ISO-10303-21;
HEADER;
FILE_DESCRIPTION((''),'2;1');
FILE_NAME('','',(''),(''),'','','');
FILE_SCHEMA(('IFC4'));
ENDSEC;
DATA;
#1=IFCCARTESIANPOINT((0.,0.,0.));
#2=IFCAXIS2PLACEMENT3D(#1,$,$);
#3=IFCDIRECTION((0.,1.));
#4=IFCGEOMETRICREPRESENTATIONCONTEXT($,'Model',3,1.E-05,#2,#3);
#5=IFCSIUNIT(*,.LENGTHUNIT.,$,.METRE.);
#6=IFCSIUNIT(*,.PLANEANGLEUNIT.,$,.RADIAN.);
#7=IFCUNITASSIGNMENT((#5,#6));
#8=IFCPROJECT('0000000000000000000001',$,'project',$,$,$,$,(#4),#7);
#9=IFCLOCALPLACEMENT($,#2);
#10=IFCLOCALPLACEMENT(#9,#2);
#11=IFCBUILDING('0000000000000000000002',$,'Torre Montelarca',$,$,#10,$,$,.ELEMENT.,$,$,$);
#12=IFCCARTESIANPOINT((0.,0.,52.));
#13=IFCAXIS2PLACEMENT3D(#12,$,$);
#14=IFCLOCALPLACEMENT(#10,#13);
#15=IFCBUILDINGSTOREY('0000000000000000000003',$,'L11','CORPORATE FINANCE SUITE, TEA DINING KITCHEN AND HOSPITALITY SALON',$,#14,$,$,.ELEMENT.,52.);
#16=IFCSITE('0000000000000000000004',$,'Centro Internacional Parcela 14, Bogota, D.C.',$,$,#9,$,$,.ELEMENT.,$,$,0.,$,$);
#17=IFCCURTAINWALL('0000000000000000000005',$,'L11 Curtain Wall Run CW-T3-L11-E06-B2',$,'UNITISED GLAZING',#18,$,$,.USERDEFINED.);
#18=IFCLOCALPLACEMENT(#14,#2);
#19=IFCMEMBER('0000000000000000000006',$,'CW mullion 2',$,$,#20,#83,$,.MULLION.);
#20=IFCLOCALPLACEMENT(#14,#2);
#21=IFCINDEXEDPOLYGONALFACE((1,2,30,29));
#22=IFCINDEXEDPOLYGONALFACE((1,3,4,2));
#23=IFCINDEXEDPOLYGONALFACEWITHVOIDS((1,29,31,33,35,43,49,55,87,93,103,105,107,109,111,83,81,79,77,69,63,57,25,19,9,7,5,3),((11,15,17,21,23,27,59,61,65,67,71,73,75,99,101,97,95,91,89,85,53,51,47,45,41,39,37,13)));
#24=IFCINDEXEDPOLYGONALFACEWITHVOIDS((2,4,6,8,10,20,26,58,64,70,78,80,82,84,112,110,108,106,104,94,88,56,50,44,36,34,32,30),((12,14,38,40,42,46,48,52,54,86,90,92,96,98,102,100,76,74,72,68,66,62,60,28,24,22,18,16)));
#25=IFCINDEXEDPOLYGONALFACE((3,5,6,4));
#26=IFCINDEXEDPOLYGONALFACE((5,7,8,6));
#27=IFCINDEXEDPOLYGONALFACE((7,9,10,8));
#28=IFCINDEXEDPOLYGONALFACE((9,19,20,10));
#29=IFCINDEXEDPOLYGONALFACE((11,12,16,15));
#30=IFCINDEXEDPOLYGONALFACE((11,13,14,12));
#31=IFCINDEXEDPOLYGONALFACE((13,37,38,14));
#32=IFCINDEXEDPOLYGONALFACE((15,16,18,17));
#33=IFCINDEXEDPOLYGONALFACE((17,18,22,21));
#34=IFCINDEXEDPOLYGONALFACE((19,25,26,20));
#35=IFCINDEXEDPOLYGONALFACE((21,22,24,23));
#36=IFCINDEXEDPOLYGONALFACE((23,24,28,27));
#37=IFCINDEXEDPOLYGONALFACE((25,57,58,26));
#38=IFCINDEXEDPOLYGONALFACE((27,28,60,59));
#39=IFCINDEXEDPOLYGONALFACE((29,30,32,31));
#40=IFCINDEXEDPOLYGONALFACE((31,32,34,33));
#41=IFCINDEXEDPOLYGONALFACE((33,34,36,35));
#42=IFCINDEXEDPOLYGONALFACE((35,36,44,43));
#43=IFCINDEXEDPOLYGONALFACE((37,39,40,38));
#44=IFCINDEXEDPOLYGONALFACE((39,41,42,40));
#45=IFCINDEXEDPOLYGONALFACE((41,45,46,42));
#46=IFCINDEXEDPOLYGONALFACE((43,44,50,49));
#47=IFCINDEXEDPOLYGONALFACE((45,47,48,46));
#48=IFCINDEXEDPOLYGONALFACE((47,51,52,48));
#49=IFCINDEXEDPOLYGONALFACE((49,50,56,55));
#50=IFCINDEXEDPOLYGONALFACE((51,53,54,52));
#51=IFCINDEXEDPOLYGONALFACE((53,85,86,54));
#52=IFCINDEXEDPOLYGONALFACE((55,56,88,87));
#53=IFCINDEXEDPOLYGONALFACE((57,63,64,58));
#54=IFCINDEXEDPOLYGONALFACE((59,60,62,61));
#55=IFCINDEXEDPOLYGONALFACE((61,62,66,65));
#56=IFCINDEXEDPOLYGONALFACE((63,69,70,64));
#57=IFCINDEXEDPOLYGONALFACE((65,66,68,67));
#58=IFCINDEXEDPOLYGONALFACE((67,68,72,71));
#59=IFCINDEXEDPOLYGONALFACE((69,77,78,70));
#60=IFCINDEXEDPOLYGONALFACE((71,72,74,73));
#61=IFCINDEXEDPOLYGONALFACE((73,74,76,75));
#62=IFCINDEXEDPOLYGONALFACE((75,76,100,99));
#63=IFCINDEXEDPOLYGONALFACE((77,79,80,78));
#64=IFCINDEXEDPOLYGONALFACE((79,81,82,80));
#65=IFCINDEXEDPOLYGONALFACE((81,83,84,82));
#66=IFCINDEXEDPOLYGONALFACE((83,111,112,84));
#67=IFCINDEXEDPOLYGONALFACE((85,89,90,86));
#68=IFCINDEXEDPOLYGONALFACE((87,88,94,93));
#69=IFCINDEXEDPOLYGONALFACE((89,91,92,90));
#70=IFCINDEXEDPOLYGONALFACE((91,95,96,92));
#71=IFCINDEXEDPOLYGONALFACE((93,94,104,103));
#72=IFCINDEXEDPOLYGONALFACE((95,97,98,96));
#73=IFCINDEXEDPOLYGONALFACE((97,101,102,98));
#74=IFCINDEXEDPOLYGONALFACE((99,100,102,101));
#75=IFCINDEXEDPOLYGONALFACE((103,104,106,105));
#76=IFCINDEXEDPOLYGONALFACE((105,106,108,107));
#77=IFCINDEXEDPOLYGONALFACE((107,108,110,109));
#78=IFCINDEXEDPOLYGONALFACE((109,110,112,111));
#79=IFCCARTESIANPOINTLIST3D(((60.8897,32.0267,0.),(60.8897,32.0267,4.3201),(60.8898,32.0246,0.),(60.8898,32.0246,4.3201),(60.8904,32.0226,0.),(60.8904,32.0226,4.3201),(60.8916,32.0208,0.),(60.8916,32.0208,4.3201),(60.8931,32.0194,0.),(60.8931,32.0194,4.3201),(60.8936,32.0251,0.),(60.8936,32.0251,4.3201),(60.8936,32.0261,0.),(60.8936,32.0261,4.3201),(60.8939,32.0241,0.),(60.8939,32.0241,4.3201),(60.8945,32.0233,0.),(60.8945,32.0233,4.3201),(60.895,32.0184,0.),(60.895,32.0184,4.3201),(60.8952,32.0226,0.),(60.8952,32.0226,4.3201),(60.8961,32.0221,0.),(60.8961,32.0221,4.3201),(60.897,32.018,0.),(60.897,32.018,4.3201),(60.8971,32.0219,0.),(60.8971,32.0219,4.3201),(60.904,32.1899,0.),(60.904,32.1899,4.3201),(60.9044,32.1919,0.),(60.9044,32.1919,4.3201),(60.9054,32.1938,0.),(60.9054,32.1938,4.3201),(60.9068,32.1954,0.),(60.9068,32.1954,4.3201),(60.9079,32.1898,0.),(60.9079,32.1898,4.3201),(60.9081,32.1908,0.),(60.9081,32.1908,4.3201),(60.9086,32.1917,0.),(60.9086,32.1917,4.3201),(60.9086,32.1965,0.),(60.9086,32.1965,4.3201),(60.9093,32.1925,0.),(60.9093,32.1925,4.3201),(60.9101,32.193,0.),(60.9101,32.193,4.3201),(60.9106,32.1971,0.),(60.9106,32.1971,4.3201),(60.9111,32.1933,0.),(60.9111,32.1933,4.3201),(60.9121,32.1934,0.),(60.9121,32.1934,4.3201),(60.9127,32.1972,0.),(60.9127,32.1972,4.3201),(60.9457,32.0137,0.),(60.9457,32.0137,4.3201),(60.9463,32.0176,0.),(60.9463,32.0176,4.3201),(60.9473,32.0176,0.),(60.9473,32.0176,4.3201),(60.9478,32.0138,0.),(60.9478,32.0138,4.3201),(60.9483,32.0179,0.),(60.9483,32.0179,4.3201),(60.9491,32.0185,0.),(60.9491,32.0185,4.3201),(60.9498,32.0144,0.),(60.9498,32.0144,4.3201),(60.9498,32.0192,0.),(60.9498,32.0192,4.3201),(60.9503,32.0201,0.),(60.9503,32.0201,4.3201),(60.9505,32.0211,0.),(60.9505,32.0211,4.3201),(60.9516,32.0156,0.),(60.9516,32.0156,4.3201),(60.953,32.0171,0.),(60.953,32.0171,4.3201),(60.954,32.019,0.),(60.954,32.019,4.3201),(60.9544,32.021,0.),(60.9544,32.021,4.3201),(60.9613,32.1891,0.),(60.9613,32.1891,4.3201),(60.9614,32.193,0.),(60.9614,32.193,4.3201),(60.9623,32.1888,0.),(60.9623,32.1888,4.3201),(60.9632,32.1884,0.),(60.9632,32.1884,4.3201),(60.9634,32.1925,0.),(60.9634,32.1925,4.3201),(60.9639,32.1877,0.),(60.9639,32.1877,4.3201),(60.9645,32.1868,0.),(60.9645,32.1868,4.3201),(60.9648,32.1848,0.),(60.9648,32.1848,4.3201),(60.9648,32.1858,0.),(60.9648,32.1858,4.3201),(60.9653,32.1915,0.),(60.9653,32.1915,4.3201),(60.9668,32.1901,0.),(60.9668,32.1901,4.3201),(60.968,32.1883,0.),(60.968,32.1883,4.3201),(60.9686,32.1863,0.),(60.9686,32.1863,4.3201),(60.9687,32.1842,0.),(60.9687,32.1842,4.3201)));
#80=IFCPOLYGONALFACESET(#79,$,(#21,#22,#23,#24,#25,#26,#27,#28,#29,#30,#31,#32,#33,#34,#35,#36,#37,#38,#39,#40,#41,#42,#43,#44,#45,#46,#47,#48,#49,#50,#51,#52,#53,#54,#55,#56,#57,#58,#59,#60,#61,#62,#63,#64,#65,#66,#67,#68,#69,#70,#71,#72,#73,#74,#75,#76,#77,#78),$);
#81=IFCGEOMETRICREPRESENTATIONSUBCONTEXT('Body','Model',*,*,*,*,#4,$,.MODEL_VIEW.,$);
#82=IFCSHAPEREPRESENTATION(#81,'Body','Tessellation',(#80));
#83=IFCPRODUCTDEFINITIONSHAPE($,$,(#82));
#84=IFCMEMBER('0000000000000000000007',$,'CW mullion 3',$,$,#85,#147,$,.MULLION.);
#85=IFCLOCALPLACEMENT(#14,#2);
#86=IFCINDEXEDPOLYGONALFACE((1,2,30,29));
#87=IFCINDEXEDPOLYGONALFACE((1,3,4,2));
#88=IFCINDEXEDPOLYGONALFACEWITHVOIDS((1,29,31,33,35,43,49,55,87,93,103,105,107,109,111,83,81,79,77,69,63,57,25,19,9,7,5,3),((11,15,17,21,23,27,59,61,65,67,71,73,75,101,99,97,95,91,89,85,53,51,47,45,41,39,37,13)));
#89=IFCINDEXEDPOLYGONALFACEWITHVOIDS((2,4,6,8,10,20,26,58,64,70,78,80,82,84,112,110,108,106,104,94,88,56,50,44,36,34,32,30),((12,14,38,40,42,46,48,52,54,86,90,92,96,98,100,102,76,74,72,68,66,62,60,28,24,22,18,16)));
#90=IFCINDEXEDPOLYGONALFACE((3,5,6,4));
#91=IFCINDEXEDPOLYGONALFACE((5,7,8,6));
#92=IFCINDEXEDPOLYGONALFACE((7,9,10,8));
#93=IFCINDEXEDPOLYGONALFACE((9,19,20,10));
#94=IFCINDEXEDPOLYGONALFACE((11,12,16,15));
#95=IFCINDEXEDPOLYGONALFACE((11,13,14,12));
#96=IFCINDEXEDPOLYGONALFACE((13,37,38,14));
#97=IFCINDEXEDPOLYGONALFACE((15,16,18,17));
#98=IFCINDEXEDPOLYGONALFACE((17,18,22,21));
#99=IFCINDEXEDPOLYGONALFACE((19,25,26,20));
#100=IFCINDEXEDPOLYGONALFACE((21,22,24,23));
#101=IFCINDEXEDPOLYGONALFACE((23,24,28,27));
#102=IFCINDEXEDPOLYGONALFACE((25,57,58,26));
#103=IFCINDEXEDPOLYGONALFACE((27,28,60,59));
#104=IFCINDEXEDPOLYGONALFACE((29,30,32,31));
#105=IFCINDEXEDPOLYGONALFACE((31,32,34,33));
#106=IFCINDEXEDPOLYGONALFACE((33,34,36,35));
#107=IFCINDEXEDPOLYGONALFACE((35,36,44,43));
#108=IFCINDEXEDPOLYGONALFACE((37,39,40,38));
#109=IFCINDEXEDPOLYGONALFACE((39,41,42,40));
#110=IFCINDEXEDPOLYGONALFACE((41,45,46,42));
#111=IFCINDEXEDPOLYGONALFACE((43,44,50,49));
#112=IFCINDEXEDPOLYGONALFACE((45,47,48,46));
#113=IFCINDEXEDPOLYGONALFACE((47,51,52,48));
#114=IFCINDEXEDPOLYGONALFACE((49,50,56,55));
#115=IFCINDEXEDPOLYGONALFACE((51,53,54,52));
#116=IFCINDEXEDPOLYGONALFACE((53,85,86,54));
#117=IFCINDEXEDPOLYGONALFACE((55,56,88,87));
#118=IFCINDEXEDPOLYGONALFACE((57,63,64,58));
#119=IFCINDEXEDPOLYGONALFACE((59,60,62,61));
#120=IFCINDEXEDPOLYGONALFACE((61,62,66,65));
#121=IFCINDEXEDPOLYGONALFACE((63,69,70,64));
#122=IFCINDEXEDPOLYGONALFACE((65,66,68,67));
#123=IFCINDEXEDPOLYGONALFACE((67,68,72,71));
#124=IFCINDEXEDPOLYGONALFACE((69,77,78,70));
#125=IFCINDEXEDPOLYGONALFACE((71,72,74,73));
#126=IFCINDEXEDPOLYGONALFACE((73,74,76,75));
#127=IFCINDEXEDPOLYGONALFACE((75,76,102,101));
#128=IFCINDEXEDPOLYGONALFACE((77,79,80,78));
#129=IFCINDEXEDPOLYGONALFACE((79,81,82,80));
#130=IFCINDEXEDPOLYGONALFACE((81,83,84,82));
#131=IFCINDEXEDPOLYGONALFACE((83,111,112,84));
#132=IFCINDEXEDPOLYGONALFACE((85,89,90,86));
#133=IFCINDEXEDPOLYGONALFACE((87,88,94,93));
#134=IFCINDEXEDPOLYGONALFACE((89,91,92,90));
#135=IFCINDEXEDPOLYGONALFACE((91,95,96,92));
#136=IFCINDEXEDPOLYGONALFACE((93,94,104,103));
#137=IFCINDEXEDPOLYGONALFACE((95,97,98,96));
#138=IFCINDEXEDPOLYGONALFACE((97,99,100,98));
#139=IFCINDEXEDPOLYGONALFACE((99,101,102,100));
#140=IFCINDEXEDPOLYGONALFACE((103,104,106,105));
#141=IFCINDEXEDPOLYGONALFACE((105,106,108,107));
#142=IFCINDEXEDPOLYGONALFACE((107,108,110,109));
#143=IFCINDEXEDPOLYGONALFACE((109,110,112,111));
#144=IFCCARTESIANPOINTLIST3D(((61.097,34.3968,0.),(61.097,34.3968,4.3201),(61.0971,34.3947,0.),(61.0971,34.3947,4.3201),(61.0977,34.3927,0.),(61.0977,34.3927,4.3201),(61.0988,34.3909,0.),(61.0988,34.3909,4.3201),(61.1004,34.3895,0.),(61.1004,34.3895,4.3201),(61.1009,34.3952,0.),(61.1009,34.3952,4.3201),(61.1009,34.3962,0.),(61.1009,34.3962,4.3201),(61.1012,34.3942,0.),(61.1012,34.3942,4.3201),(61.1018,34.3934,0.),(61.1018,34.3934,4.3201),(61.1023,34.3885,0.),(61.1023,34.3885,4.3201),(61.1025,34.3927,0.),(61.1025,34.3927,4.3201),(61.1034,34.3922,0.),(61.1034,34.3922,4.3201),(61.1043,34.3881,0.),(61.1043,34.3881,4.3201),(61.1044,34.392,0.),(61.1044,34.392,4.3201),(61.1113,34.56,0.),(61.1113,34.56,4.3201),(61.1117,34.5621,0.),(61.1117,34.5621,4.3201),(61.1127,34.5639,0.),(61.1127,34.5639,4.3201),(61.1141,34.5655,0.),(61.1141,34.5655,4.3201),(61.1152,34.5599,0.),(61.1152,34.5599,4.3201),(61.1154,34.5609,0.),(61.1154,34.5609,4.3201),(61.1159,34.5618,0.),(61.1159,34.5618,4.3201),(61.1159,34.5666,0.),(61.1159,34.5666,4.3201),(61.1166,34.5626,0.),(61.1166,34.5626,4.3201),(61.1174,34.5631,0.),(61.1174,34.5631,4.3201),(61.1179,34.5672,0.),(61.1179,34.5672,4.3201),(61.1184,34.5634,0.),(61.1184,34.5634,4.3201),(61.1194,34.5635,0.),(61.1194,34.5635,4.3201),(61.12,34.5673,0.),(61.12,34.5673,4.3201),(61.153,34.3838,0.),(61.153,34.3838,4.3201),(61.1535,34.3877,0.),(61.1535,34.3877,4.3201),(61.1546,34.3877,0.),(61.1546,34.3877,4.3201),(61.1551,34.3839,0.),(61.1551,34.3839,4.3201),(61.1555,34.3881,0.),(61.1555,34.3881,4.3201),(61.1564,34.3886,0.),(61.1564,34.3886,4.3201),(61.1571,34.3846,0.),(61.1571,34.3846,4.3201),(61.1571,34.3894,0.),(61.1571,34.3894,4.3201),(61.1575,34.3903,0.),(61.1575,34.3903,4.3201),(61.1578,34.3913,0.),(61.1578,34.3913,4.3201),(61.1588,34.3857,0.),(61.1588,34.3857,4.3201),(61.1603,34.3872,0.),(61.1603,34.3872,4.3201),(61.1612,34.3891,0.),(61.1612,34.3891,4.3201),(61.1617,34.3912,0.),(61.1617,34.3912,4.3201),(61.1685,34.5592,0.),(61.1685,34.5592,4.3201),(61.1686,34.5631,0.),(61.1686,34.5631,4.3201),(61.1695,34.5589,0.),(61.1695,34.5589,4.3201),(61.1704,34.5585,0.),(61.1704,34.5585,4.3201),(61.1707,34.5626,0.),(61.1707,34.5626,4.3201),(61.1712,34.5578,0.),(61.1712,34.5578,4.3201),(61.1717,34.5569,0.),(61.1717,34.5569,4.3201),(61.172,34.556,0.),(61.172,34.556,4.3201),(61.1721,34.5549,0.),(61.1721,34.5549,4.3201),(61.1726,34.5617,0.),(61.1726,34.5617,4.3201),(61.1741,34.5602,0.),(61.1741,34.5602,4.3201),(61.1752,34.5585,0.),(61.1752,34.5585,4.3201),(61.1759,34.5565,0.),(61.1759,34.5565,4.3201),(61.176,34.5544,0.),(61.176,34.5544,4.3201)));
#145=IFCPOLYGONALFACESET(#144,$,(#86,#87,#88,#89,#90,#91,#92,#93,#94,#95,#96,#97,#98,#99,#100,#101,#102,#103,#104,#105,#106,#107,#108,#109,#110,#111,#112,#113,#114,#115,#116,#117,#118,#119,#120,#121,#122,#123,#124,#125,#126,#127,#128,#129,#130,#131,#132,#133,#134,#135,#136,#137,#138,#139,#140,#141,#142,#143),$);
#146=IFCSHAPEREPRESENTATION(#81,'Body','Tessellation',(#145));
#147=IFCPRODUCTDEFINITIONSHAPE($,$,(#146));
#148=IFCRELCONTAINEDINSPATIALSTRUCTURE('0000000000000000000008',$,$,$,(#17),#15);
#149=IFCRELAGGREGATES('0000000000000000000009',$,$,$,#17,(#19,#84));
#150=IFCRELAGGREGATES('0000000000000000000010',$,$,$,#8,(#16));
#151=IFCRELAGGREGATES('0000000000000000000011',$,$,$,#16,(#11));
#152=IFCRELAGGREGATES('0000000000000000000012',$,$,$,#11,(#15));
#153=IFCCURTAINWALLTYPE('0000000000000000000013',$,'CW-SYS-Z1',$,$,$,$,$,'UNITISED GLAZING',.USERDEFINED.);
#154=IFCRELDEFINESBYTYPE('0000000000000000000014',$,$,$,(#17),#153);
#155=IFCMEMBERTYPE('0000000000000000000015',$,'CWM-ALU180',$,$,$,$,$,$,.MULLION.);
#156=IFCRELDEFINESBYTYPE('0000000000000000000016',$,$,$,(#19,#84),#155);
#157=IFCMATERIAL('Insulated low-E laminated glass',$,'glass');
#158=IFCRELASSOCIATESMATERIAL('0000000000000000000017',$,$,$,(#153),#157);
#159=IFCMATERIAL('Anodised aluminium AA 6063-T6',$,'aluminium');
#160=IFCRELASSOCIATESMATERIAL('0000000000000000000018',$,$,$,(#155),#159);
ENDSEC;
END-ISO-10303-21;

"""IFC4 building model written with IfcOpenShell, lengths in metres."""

from ifc_helpers import new_model, si_unit, direction, frame, origin, origin_2d, place, context, subcontext, project, spatial, hollow_rectangle, extrude, source, transform, mapped, material, material_profile, profile_set, type_object, element, aggregate, save


model = new_model("IFC4")

# Units and contexts
model_context = context("Model", 3, precision=1e-05, world=origin(), true_north=direction((0.0, 1.0)))
body_context = subcontext(model_context, "Body", "Model", "MODEL_VIEW")
ifc_project = project(units=[si_unit("LENGTHUNIT", "METRE"), si_unit("PLANEANGLEUNIT", "RADIAN")], contexts=[model_context])

# Site, building, storey
site_placement = place(None, origin())
site = spatial("IfcSite", under=ifc_project, at=site_placement, Name="Centro Internacional Parcela 14, Bogota, D.C.", CompositionType="ELEMENT", RefElevation=0.0)
building_placement = place(site_placement, origin())
building = spatial("IfcBuilding", under=site, at=building_placement, Name="Torre Montelarca", CompositionType="ELEMENT")
storey_placement = place(building_placement, frame((0.0, 0.0, 52.0)))
storey = spatial("IfcBuildingStorey", under=building, at=storey_placement, Name="L11", Description="CORPORATE FINANCE SUITE, TEA DINING KITCHEN AND HOSPITALITY SALON", CompositionType="ELEMENT", Elevation=52.0)

# Curtain wall, members
ifc_material_1 = material(Name="Insulated low-E laminated glass", Category="glass")
curtain_wall_type = type_object("IfcCurtainWallType", Name="CW-SYS-Z1", ElementType="UNITISED GLAZING", PredefinedType="USERDEFINED", material=ifc_material_1)
curtain_wall_1_placement = place(storey_placement, origin())
curtain_wall_1 = element("IfcCurtainWall", 1, at=curtain_wall_1_placement, inside=storey, type_object=curtain_wall_type, Name="L11 Curtain Wall Run CW-T3-L11-E06-B2", ObjectType="UNITISED GLAZING", PredefinedType="USERDEFINED")
ifc_material_2 = material(Name="Anodised aluminium AA 6063-T6", Category="aluminium")
ifc_material_profile_1 = material_profile(ifc_material_2, hollow_rectangle(XDim=0.0649, YDim=0.1799, WallThickness=0.0039, InnerFilletRadius=0.0039, OuterFilletRadius=0.0081, at=origin_2d()), Name="ALU65X180X4", Category="aluminium")
ifc_profile_set_1 = profile_set([ifc_material_profile_1], Name="Anodised aluminium AA 6063-T6")
member_type_1 = type_object("IfcMemberType", Name="CWM-ALU180", PredefinedType="MULLION", material=ifc_profile_set_1)
shared_shape_1 = source(origin(), body_context, "Body", "SweptSolid", [
    extrude(hollow_rectangle(XDim=0.0649, YDim=0.1799, WallThickness=0.0039, InnerFilletRadius=0.0039, OuterFilletRadius=0.0081, at=origin_2d()), origin(), (0.0, 0.0, 1.0), 4.3201),
])
member_1_placement = place(storey_placement, frame((60.9292, 32.1055, 0.0), z_axis=(0.0, 0.0, 1.0), x_axis=(-0.996194, 0.087161, 0.0)))
member_1 = element("IfcMember", 2, at=member_1_placement, type_object=member_type_1, Name="CW mullion 2", PredefinedType="MULLION", context=body_context, shape_type="MappedRepresentation", body=[
    mapped(shared_shape_1, transform((0.0, 0.0, 0.0), scale=1.0)),
])
member_2_placement = place(storey_placement, frame((61.1365, 34.4756, 0.0), z_axis=(0.0, 0.0, 1.0), x_axis=(-0.996194, 0.087161, 0.0)))
member_2 = element("IfcMember", 3, at=member_2_placement, type_object=member_type_1, Name="CW mullion 3", PredefinedType="MULLION", context=body_context, shape_type="MappedRepresentation", body=[
    mapped(shared_shape_1, transform((0.0, 0.0, 0.0), scale=1.0)),
])

aggregate(curtain_wall_1, [member_1, member_2])

save(model, "model.ifc")
